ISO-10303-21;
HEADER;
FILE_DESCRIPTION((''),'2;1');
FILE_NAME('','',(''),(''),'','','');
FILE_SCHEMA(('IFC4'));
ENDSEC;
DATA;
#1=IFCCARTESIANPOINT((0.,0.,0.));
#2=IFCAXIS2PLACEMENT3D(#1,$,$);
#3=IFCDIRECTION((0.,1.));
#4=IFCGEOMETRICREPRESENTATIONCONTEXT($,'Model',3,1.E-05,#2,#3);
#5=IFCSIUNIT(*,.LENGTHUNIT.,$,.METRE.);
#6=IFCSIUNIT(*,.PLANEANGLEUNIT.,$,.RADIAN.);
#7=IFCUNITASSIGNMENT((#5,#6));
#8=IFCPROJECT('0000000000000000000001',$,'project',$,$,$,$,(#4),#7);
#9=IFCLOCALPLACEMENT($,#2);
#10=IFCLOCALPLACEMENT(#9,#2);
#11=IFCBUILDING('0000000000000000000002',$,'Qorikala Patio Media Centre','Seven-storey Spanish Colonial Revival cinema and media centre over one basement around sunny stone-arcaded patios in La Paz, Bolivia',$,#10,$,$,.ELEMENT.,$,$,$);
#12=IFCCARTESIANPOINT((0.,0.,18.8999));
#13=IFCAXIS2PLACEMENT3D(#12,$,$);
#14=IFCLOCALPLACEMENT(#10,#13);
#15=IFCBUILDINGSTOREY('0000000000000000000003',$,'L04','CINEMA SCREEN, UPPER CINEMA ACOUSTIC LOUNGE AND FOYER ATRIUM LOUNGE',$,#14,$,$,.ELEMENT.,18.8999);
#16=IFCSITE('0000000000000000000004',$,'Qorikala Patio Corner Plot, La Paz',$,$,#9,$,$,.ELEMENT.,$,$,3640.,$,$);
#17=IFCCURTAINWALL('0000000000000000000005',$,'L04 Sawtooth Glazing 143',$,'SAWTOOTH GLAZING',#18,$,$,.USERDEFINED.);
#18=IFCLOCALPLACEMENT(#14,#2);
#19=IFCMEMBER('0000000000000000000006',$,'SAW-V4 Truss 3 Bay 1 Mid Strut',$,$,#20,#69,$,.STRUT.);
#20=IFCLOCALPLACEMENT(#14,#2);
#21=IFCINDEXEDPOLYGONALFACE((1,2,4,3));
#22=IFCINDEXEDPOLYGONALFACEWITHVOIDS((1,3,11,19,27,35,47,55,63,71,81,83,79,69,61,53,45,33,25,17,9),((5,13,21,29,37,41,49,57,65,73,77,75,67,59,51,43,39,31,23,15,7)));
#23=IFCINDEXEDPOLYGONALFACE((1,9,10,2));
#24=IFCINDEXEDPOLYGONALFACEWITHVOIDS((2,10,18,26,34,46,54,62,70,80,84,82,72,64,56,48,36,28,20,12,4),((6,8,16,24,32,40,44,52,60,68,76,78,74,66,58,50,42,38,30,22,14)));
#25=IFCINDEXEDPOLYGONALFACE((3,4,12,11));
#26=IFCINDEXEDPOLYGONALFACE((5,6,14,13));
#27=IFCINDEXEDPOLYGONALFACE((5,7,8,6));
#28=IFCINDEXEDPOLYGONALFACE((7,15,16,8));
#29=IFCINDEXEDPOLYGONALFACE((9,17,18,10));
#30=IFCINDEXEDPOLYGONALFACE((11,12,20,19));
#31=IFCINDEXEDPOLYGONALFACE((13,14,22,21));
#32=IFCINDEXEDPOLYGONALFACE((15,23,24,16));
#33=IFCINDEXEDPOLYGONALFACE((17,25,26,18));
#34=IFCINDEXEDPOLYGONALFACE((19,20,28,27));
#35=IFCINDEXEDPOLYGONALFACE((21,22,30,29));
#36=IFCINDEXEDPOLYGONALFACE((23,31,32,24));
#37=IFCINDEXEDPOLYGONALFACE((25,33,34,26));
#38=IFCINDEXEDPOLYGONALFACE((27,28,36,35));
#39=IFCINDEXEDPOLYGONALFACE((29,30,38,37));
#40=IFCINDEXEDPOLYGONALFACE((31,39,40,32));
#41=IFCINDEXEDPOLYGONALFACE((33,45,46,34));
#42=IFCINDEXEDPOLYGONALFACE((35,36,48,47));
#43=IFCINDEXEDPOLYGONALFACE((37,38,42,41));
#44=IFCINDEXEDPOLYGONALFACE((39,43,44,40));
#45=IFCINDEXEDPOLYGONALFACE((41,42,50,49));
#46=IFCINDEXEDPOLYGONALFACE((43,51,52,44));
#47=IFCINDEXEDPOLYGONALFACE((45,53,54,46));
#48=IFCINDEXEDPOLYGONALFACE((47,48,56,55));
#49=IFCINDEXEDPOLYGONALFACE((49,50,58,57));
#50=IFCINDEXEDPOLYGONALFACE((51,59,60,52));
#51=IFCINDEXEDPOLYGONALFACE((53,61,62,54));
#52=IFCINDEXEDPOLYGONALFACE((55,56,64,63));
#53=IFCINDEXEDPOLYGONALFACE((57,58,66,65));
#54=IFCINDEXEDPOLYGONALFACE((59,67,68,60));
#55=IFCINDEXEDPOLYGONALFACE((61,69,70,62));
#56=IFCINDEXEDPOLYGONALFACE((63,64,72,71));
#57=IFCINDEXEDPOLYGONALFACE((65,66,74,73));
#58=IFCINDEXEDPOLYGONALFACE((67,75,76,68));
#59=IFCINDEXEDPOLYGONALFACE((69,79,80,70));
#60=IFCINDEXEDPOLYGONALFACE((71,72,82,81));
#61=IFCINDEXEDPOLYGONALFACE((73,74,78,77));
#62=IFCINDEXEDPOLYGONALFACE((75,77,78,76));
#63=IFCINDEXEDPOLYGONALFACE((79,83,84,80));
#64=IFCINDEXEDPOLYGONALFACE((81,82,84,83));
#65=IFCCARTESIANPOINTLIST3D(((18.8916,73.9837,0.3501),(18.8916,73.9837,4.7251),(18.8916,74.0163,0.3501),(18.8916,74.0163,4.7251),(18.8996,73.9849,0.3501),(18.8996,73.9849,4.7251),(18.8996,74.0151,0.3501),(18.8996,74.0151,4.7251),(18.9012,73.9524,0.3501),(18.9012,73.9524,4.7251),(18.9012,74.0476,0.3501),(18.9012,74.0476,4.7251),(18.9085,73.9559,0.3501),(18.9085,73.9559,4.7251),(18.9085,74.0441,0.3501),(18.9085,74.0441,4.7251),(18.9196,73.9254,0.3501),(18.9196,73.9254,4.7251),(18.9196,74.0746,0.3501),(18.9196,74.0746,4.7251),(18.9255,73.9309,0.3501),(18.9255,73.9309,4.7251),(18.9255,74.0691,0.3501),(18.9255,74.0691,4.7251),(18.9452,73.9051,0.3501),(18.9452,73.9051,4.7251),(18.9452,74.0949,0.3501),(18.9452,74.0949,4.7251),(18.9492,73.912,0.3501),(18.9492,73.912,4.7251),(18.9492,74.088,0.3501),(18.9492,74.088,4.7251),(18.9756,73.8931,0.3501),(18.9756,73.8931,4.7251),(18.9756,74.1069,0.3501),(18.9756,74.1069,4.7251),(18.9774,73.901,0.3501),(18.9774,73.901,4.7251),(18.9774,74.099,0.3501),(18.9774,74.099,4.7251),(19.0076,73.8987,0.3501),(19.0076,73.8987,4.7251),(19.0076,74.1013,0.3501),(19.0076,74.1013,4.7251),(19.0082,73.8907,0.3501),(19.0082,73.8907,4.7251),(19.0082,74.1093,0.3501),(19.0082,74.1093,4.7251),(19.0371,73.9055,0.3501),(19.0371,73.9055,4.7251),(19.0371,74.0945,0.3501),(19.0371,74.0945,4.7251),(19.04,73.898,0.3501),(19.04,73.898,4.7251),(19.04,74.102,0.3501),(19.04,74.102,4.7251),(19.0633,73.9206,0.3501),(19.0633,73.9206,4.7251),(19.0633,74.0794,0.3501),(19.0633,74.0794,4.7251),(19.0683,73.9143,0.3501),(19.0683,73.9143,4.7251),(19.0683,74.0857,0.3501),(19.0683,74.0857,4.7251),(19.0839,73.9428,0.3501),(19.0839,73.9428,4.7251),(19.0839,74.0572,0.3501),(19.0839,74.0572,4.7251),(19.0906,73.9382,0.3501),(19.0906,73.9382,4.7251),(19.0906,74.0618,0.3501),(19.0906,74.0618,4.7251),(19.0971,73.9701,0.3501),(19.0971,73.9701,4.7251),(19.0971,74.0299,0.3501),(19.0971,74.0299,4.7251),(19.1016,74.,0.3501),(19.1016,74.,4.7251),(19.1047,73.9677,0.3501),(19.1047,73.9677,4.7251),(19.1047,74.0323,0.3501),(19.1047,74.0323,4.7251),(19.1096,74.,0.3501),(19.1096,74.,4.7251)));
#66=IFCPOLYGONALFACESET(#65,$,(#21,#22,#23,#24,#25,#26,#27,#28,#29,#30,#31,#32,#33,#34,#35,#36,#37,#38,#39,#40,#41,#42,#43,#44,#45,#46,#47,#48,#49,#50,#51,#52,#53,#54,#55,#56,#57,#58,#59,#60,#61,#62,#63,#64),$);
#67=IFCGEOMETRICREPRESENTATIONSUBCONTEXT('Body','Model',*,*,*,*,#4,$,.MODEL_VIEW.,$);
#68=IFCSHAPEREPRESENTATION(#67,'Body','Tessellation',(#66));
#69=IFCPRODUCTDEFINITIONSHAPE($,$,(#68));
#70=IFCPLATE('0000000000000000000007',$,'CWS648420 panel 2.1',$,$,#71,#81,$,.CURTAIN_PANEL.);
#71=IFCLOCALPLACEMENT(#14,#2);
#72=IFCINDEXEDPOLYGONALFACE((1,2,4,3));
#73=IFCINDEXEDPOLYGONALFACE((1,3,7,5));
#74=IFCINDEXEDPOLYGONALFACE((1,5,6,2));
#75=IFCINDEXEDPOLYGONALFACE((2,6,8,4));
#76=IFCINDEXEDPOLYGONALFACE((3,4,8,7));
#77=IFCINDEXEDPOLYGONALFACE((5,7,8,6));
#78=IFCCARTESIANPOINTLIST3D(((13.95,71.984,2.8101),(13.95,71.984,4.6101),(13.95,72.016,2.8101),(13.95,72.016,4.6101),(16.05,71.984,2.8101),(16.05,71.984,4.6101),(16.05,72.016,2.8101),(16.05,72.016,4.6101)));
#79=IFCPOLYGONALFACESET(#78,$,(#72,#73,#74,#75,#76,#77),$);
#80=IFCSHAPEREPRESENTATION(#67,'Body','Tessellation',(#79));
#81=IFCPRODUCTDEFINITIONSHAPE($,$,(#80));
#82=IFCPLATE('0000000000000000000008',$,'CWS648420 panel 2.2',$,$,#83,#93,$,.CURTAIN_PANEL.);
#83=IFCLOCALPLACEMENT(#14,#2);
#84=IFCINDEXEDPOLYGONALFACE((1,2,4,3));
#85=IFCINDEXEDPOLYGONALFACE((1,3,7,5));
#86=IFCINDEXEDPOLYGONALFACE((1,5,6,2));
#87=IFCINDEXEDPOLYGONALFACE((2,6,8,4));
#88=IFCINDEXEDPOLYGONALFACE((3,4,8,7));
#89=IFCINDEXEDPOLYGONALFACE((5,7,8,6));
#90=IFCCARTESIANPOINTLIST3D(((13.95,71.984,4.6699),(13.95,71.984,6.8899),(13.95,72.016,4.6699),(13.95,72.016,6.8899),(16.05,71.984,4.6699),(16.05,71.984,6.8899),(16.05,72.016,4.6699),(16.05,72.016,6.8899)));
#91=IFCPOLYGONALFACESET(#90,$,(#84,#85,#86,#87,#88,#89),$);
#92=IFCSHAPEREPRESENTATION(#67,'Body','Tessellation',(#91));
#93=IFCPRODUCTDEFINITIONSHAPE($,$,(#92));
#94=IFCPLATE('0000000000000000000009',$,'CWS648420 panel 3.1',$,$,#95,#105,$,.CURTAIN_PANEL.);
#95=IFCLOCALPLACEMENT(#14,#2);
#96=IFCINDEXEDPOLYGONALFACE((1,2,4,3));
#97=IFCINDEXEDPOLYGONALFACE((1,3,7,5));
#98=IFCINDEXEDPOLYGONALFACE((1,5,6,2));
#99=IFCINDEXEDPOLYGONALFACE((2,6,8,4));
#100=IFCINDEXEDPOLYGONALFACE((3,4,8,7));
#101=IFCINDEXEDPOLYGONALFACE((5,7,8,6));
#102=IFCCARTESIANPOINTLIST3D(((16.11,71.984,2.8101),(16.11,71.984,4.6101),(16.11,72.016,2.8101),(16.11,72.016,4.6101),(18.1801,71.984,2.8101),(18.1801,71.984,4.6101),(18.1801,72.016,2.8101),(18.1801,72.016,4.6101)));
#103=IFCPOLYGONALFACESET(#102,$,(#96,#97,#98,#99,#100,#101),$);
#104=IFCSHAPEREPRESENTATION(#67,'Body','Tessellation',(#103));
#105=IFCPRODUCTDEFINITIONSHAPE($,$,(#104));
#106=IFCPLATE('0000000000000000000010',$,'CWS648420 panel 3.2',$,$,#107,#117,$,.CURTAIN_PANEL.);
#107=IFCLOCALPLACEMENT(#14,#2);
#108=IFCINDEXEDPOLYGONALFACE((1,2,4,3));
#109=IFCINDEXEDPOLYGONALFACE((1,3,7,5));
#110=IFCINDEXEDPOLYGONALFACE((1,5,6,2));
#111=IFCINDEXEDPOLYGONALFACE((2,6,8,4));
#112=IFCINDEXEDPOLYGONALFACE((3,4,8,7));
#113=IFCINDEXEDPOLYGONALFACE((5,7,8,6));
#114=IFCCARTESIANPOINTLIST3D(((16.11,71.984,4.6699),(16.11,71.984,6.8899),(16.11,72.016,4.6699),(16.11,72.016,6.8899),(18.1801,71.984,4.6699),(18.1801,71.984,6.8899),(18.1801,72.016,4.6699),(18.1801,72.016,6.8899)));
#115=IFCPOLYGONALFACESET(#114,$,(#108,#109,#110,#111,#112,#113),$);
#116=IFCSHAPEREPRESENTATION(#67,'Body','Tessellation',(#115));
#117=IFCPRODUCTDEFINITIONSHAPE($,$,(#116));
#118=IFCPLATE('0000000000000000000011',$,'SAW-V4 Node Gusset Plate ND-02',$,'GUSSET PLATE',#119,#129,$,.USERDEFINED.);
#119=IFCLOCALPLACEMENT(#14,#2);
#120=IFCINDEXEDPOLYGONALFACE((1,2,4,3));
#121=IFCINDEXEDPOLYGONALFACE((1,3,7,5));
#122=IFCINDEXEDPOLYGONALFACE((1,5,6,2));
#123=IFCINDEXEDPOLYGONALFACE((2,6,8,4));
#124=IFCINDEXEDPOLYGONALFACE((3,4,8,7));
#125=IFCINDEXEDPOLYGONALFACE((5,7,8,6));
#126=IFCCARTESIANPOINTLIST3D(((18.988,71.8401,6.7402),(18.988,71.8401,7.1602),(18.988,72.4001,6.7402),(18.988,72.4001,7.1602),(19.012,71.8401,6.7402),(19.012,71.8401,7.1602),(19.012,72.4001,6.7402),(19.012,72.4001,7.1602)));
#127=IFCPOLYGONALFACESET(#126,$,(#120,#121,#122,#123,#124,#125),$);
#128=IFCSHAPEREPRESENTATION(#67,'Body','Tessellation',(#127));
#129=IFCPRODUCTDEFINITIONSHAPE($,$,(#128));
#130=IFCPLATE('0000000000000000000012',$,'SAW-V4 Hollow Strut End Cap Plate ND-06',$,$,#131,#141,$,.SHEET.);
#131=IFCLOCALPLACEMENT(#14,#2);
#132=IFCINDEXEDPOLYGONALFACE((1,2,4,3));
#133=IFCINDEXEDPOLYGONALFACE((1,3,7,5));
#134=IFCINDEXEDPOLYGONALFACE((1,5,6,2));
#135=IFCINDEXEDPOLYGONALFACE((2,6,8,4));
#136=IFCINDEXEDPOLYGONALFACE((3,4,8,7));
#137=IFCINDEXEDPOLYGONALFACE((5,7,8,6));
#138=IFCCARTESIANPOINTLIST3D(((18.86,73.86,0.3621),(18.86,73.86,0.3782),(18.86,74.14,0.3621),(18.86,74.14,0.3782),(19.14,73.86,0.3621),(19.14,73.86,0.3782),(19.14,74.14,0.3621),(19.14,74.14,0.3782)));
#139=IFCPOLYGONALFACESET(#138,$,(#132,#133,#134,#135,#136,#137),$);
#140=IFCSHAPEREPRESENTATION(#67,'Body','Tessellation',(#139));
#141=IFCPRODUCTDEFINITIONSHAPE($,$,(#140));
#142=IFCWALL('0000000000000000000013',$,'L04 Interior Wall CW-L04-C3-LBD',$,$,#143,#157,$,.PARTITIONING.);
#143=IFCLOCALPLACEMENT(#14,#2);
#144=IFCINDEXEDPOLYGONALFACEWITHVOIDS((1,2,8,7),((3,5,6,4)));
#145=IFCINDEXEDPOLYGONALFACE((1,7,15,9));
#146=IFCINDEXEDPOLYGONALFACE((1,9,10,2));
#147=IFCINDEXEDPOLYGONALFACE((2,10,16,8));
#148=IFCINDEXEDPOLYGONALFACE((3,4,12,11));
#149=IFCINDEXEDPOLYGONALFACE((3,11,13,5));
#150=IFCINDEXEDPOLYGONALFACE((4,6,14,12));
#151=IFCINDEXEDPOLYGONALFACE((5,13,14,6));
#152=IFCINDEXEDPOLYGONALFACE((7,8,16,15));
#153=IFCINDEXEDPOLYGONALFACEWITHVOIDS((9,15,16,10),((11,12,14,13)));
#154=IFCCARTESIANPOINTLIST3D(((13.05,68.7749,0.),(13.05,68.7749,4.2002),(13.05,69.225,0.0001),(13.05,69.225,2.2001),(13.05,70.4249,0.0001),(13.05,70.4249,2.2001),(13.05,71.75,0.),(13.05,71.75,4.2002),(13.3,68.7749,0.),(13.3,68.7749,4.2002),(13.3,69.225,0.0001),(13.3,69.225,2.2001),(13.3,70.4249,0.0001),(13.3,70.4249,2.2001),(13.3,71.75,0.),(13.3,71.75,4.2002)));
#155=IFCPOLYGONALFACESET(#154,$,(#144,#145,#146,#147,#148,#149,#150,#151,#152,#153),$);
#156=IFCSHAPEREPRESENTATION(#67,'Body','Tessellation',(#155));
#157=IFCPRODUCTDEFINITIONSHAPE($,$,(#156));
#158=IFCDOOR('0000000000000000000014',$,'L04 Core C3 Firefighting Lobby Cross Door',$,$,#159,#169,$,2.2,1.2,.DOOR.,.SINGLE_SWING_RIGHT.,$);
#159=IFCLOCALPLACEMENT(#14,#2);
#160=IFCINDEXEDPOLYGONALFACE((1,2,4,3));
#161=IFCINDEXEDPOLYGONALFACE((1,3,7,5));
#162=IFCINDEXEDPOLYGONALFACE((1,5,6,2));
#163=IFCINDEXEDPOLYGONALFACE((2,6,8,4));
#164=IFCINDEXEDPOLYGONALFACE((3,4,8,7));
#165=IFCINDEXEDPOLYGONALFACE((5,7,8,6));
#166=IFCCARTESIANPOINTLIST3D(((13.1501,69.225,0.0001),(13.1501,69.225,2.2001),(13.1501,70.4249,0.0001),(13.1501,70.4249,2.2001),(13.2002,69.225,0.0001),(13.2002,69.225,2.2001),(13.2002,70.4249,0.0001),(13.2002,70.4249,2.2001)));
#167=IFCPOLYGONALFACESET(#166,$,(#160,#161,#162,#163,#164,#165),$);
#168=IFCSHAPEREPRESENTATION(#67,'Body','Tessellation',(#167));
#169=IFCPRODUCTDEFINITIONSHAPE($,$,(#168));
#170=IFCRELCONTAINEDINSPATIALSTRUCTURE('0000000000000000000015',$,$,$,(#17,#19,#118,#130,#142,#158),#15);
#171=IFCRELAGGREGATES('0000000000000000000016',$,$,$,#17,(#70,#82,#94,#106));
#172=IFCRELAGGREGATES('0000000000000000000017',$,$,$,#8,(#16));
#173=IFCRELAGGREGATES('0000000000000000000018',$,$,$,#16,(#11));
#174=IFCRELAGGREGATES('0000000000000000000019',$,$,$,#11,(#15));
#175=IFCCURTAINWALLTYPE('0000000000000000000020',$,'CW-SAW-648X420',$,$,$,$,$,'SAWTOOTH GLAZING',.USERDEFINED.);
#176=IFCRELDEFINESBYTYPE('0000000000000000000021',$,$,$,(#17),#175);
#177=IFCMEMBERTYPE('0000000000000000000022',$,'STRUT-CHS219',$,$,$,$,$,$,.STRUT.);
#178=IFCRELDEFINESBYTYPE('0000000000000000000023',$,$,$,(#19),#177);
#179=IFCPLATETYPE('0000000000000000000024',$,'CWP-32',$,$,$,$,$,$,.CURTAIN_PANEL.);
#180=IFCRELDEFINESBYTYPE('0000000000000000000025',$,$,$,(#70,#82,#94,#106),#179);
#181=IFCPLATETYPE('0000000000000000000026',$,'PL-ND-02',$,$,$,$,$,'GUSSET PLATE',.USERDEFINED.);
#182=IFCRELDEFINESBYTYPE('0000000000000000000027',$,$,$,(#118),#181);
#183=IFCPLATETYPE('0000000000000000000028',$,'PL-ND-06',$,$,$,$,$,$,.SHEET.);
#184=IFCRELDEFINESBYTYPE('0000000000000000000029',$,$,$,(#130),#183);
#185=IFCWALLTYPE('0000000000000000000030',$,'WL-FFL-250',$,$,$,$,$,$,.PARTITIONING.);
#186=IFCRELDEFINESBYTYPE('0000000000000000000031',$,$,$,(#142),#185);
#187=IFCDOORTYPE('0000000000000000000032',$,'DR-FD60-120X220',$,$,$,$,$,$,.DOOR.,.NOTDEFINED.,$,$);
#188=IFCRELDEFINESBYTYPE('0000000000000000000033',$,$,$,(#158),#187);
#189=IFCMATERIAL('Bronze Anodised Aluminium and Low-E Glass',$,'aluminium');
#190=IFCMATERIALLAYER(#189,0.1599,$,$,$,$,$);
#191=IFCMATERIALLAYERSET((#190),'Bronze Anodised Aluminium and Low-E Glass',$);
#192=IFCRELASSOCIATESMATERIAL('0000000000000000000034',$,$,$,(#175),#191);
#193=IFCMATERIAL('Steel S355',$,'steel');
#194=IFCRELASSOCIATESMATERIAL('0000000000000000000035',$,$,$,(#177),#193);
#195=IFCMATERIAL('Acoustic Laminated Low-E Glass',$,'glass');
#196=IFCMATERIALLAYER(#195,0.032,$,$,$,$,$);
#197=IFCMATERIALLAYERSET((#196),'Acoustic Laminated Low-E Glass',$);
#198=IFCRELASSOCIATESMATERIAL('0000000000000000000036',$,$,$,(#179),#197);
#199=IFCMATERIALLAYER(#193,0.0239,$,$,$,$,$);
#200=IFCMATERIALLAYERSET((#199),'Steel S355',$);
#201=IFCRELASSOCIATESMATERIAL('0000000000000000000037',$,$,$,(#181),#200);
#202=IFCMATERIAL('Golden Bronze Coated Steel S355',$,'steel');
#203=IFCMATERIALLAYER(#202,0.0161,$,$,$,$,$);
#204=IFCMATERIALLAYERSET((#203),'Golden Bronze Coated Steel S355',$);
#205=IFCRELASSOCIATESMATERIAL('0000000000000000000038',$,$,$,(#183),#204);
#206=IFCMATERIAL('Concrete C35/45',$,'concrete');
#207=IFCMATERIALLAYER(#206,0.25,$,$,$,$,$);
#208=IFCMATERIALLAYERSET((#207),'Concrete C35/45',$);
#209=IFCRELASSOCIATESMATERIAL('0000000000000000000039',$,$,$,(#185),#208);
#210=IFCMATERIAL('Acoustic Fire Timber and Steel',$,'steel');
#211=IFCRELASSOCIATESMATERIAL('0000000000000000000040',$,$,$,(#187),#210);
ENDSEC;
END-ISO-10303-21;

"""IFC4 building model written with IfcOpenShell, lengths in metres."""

from ifc_helpers import new_model, si_unit, direction, frame, frame_2d, origin, origin_2d, place, context, subcontext, project, spatial, rectangle, hollow_circle, extrude, material, layer, layer_set, material_profile, profile_set, type_object, element, fill, aggregate, save


model = new_model("IFC4")

# Units and contexts
model_context = context("Model", 3, precision=1e-05, world=origin(), true_north=direction((0.0, 1.0)))
body_context = subcontext(model_context, "Body", "Model", "MODEL_VIEW")
ifc_project = project(units=[si_unit("LENGTHUNIT", "METRE"), si_unit("PLANEANGLEUNIT", "RADIAN")], contexts=[model_context])

# Site, building, storey
site_placement = place(None, origin())
site = spatial("IfcSite", under=ifc_project, at=site_placement, Name="Qorikala Patio Corner Plot, La Paz", CompositionType="ELEMENT", RefElevation=3640.0)
building_placement = place(site_placement, origin())
building = spatial("IfcBuilding", under=site, at=building_placement, Name="Qorikala Patio Media Centre", Description="Seven-storey Spanish Colonial Revival cinema and media centre over one basement around sunny stone-arcaded patios in La Paz, Bolivia", CompositionType="ELEMENT")
storey_placement = place(building_placement, frame((0.0, 0.0, 18.8999)))
storey = spatial("IfcBuildingStorey", under=building, at=storey_placement, Name="L04", Description="CINEMA SCREEN, UPPER CINEMA ACOUSTIC LOUNGE AND FOYER ATRIUM LOUNGE", CompositionType="ELEMENT", Elevation=18.8999)

# Shared definitions
ifc_material_1 = material(Name="Concrete C35/45", Category="concrete")

# Shared definitions
ifc_material_2 = material(Name="Steel S355", Category="steel")

# Curtain wall
ifc_material_3 = material(Name="Bronze Anodised Aluminium and Low-E Glass", Category="aluminium")
ifc_layer_1 = layer(ifc_material_3, 0.1599)
ifc_layer_set_1 = layer_set([ifc_layer_1], Name="Bronze Anodised Aluminium and Low-E Glass")
curtain_wall_type_1 = type_object("IfcCurtainWallType", Name="CW-SAW-648X420", ElementType="SAWTOOTH GLAZING", PredefinedType="USERDEFINED", material=ifc_layer_set_1)
curtain_wall_1_placement = place(storey_placement, origin())
curtain_wall_1 = element("IfcCurtainWall", 1, at=curtain_wall_1_placement, inside=storey, type_object=curtain_wall_type_1, Name="L04 Sawtooth Glazing 143", ObjectType="SAWTOOTH GLAZING", PredefinedType="USERDEFINED")

# Member
ifc_material_profile_1 = material_profile(ifc_material_2, hollow_circle(Radius=0.1096, WallThickness=0.0081, at=origin_2d()), Name="CHS219X8")
ifc_profile_set_1 = profile_set([ifc_material_profile_1], Name="Steel S355")
member_type_1 = type_object("IfcMemberType", Name="STRUT-CHS219", PredefinedType="STRUT", material=ifc_profile_set_1)
member_1_placement = place(storey_placement, frame((19.0, 74.0, 0.3501), z_axis=(0.0, 0.0, 1.0), x_axis=(1.0, 0.0, 0.0)))
element("IfcMember", 2, at=member_1_placement, inside=storey, type_object=member_type_1, Name="SAW-V4 Truss 3 Bay 1 Mid Strut", PredefinedType="STRUT", context=body_context, shape_type="SweptSolid", body=[
    extrude(hollow_circle(Radius=0.1096, WallThickness=0.0081, at=origin_2d()), origin(), (0.0, 0.0, 1.0), 4.375),
])

# Plates
ifc_material_4 = material(Name="Acoustic Laminated Low-E Glass", Category="glass")
ifc_layer_2 = layer(ifc_material_4, 0.032)
ifc_layer_set_2 = layer_set([ifc_layer_2], Name="Acoustic Laminated Low-E Glass")
plate_type_1 = type_object("IfcPlateType", Name="CWP-32", PredefinedType="CURTAIN_PANEL", material=ifc_layer_set_2)
plate_1_placement = place(storey_placement, frame((15.0, 72.0, 2.8101), z_axis=(0.0, 0.0, 1.0), x_axis=(1.0, 0.0, 0.0)))
plate_1 = element("IfcPlate", 3, at=plate_1_placement, type_object=plate_type_1, Name="CWS648420 panel 2.1", PredefinedType="CURTAIN_PANEL", context=body_context, shape_type="SweptSolid", body=[
    extrude(rectangle(XDim=2.1001, YDim=0.032, at=origin_2d()), origin(), (0.0, 0.0, 1.0), 1.8),
])
plate_2_placement = place(storey_placement, frame((15.0, 72.0, 4.6699), z_axis=(0.0, 0.0, 1.0), x_axis=(1.0, 0.0, 0.0)))
plate_2 = element("IfcPlate", 4, at=plate_2_placement, type_object=plate_type_1, Name="CWS648420 panel 2.2", PredefinedType="CURTAIN_PANEL", context=body_context, shape_type="SweptSolid", body=[
    extrude(rectangle(XDim=2.1001, YDim=0.032, at=origin_2d()), origin(), (0.0, 0.0, 1.0), 2.22),
])
plate_3_placement = place(storey_placement, frame((17.145, 72.0, 2.8101), z_axis=(0.0, 0.0, 1.0), x_axis=(1.0, 0.0, 0.0)))
plate_3 = element("IfcPlate", 5, at=plate_3_placement, type_object=plate_type_1, Name="CWS648420 panel 3.1", PredefinedType="CURTAIN_PANEL", context=body_context, shape_type="SweptSolid", body=[
    extrude(rectangle(XDim=2.0701, YDim=0.032, at=origin_2d()), origin(), (0.0, 0.0, 1.0), 1.8),
])
plate_4_placement = place(storey_placement, frame((17.145, 72.0, 4.6699), z_axis=(0.0, 0.0, 1.0), x_axis=(1.0, 0.0, 0.0)))
plate_4 = element("IfcPlate", 6, at=plate_4_placement, type_object=plate_type_1, Name="CWS648420 panel 3.2", PredefinedType="CURTAIN_PANEL", context=body_context, shape_type="SweptSolid", body=[
    extrude(rectangle(XDim=2.0701, YDim=0.032, at=origin_2d()), origin(), (0.0, 0.0, 1.0), 2.22),
])
aggregate(curtain_wall_1, [plate_1, plate_2, plate_3, plate_4])

# Plates
ifc_layer_3 = layer(ifc_material_2, 0.0239)
ifc_layer_set_3 = layer_set([ifc_layer_3], Name="Steel S355")
plate_type_2 = type_object("IfcPlateType", Name="PL-ND-02", ElementType="GUSSET PLATE", PredefinedType="USERDEFINED", material=ifc_layer_set_3)
plate_5_placement = place(storey_placement, frame((19.0, 72.1201, 6.7402), z_axis=(0.0, 0.0, 1.0), x_axis=(1.0, 0.0, 0.0)))
element("IfcPlate", 7, at=plate_5_placement, inside=storey, type_object=plate_type_2, Name="SAW-V4 Node Gusset Plate ND-02", ObjectType="GUSSET PLATE", PredefinedType="USERDEFINED", context=body_context, shape_type="SweptSolid", body=[
    extrude(rectangle(XDim=0.0239, YDim=0.5601, at=origin_2d()), origin(), (0.0, 0.0, 1.0), 0.4199),
])
ifc_material_5 = material(Name="Golden Bronze Coated Steel S355", Category="steel")
ifc_layer_4 = layer(ifc_material_5, 0.0161)
ifc_layer_set_4 = layer_set([ifc_layer_4], Name="Golden Bronze Coated Steel S355")
plate_type_3 = type_object("IfcPlateType", Name="PL-ND-06", PredefinedType="SHEET", material=ifc_layer_set_4)
plate_6_placement = place(storey_placement, frame((19.0, 74.0, 0.3621), z_axis=(0.0, 0.0, 1.0), x_axis=(1.0, 0.0, 0.0)))
element("IfcPlate", 8, at=plate_6_placement, inside=storey, type_object=plate_type_3, Name="SAW-V4 Hollow Strut End Cap Plate ND-06", PredefinedType="SHEET", context=body_context, shape_type="SweptSolid", body=[
    extrude(rectangle(XDim=0.28, YDim=0.28, at=origin_2d()), origin(), (0.0, 0.0, 1.0), 0.0161),
])

# Wall, opening, door
ifc_layer_5 = layer(ifc_material_1, 0.25)
ifc_layer_set_5 = layer_set([ifc_layer_5], Name="Concrete C35/45")
wall_type_1 = type_object("IfcWallType", Name="WL-FFL-250", PredefinedType="PARTITIONING", material=ifc_layer_set_5)
wall_1_placement = place(storey_placement, frame((13.175, 68.7749, 0.0), z_axis=(0.0, 0.0, 1.0), x_axis=(0.0, 1.0, 0.0)))
wall_1 = element("IfcWall", 9, at=wall_1_placement, inside=storey, type_object=wall_type_1, Name="L04 Interior Wall CW-L04-C3-LBD", PredefinedType="PARTITIONING", context=body_context, shape_type="SweptSolid", body=[
    extrude(rectangle(XDim=2.9751, YDim=0.25, at=frame_2d((1.4875, 0.0))), origin(), (0.0, 0.0, 1.0), 4.2002),
])
opening_1_placement = place(wall_1_placement, frame((0.45, 0.0, 0.0)))
opening_1 = element("IfcOpeningElement", 10, at=opening_1_placement, cuts=wall_1, PredefinedType="OPENING", context=body_context, shape_type="SweptSolid", body=[
    extrude(rectangle(XDim=1.2, YDim=2.2, at=frame_2d((0.6001, 1.1001))), frame((0.0, 0.135, 0.0), z_axis=(0.0, -1.0, 0.0), x_axis=(1.0, 0.0, 0.0)), (0.0, 0.0, 1.0), 0.27),
])
ifc_material_6 = material(Name="Acoustic Fire Timber and Steel", Category="steel")
door_type = type_object("IfcDoorType", Name="DR-FD60-120X220", OperationType="NOTDEFINED", PredefinedType="DOOR", material=ifc_material_6)
door_placement = place(opening_1_placement, origin())
door = element("IfcDoor", 11, at=door_placement, inside=storey, type_object=door_type, Name="L04 Core C3 Firefighting Lobby Cross Door", OperationType="SINGLE_SWING_RIGHT", OverallHeight=2.2, OverallWidth=1.2, PredefinedType="DOOR", context=body_context, shape_type="SweptSolid", body=[
    extrude(rectangle(XDim=1.2, YDim=2.2, at=frame_2d((0.6001, 1.1001))), frame((0.0, 0.0249, 0.0), z_axis=(0.0, -1.0, 0.0), x_axis=(1.0, 0.0, 0.0)), (0.0, 0.0, 1.0), 0.05),
])
fill(opening_1, door)

save(model, "model.ifc")
